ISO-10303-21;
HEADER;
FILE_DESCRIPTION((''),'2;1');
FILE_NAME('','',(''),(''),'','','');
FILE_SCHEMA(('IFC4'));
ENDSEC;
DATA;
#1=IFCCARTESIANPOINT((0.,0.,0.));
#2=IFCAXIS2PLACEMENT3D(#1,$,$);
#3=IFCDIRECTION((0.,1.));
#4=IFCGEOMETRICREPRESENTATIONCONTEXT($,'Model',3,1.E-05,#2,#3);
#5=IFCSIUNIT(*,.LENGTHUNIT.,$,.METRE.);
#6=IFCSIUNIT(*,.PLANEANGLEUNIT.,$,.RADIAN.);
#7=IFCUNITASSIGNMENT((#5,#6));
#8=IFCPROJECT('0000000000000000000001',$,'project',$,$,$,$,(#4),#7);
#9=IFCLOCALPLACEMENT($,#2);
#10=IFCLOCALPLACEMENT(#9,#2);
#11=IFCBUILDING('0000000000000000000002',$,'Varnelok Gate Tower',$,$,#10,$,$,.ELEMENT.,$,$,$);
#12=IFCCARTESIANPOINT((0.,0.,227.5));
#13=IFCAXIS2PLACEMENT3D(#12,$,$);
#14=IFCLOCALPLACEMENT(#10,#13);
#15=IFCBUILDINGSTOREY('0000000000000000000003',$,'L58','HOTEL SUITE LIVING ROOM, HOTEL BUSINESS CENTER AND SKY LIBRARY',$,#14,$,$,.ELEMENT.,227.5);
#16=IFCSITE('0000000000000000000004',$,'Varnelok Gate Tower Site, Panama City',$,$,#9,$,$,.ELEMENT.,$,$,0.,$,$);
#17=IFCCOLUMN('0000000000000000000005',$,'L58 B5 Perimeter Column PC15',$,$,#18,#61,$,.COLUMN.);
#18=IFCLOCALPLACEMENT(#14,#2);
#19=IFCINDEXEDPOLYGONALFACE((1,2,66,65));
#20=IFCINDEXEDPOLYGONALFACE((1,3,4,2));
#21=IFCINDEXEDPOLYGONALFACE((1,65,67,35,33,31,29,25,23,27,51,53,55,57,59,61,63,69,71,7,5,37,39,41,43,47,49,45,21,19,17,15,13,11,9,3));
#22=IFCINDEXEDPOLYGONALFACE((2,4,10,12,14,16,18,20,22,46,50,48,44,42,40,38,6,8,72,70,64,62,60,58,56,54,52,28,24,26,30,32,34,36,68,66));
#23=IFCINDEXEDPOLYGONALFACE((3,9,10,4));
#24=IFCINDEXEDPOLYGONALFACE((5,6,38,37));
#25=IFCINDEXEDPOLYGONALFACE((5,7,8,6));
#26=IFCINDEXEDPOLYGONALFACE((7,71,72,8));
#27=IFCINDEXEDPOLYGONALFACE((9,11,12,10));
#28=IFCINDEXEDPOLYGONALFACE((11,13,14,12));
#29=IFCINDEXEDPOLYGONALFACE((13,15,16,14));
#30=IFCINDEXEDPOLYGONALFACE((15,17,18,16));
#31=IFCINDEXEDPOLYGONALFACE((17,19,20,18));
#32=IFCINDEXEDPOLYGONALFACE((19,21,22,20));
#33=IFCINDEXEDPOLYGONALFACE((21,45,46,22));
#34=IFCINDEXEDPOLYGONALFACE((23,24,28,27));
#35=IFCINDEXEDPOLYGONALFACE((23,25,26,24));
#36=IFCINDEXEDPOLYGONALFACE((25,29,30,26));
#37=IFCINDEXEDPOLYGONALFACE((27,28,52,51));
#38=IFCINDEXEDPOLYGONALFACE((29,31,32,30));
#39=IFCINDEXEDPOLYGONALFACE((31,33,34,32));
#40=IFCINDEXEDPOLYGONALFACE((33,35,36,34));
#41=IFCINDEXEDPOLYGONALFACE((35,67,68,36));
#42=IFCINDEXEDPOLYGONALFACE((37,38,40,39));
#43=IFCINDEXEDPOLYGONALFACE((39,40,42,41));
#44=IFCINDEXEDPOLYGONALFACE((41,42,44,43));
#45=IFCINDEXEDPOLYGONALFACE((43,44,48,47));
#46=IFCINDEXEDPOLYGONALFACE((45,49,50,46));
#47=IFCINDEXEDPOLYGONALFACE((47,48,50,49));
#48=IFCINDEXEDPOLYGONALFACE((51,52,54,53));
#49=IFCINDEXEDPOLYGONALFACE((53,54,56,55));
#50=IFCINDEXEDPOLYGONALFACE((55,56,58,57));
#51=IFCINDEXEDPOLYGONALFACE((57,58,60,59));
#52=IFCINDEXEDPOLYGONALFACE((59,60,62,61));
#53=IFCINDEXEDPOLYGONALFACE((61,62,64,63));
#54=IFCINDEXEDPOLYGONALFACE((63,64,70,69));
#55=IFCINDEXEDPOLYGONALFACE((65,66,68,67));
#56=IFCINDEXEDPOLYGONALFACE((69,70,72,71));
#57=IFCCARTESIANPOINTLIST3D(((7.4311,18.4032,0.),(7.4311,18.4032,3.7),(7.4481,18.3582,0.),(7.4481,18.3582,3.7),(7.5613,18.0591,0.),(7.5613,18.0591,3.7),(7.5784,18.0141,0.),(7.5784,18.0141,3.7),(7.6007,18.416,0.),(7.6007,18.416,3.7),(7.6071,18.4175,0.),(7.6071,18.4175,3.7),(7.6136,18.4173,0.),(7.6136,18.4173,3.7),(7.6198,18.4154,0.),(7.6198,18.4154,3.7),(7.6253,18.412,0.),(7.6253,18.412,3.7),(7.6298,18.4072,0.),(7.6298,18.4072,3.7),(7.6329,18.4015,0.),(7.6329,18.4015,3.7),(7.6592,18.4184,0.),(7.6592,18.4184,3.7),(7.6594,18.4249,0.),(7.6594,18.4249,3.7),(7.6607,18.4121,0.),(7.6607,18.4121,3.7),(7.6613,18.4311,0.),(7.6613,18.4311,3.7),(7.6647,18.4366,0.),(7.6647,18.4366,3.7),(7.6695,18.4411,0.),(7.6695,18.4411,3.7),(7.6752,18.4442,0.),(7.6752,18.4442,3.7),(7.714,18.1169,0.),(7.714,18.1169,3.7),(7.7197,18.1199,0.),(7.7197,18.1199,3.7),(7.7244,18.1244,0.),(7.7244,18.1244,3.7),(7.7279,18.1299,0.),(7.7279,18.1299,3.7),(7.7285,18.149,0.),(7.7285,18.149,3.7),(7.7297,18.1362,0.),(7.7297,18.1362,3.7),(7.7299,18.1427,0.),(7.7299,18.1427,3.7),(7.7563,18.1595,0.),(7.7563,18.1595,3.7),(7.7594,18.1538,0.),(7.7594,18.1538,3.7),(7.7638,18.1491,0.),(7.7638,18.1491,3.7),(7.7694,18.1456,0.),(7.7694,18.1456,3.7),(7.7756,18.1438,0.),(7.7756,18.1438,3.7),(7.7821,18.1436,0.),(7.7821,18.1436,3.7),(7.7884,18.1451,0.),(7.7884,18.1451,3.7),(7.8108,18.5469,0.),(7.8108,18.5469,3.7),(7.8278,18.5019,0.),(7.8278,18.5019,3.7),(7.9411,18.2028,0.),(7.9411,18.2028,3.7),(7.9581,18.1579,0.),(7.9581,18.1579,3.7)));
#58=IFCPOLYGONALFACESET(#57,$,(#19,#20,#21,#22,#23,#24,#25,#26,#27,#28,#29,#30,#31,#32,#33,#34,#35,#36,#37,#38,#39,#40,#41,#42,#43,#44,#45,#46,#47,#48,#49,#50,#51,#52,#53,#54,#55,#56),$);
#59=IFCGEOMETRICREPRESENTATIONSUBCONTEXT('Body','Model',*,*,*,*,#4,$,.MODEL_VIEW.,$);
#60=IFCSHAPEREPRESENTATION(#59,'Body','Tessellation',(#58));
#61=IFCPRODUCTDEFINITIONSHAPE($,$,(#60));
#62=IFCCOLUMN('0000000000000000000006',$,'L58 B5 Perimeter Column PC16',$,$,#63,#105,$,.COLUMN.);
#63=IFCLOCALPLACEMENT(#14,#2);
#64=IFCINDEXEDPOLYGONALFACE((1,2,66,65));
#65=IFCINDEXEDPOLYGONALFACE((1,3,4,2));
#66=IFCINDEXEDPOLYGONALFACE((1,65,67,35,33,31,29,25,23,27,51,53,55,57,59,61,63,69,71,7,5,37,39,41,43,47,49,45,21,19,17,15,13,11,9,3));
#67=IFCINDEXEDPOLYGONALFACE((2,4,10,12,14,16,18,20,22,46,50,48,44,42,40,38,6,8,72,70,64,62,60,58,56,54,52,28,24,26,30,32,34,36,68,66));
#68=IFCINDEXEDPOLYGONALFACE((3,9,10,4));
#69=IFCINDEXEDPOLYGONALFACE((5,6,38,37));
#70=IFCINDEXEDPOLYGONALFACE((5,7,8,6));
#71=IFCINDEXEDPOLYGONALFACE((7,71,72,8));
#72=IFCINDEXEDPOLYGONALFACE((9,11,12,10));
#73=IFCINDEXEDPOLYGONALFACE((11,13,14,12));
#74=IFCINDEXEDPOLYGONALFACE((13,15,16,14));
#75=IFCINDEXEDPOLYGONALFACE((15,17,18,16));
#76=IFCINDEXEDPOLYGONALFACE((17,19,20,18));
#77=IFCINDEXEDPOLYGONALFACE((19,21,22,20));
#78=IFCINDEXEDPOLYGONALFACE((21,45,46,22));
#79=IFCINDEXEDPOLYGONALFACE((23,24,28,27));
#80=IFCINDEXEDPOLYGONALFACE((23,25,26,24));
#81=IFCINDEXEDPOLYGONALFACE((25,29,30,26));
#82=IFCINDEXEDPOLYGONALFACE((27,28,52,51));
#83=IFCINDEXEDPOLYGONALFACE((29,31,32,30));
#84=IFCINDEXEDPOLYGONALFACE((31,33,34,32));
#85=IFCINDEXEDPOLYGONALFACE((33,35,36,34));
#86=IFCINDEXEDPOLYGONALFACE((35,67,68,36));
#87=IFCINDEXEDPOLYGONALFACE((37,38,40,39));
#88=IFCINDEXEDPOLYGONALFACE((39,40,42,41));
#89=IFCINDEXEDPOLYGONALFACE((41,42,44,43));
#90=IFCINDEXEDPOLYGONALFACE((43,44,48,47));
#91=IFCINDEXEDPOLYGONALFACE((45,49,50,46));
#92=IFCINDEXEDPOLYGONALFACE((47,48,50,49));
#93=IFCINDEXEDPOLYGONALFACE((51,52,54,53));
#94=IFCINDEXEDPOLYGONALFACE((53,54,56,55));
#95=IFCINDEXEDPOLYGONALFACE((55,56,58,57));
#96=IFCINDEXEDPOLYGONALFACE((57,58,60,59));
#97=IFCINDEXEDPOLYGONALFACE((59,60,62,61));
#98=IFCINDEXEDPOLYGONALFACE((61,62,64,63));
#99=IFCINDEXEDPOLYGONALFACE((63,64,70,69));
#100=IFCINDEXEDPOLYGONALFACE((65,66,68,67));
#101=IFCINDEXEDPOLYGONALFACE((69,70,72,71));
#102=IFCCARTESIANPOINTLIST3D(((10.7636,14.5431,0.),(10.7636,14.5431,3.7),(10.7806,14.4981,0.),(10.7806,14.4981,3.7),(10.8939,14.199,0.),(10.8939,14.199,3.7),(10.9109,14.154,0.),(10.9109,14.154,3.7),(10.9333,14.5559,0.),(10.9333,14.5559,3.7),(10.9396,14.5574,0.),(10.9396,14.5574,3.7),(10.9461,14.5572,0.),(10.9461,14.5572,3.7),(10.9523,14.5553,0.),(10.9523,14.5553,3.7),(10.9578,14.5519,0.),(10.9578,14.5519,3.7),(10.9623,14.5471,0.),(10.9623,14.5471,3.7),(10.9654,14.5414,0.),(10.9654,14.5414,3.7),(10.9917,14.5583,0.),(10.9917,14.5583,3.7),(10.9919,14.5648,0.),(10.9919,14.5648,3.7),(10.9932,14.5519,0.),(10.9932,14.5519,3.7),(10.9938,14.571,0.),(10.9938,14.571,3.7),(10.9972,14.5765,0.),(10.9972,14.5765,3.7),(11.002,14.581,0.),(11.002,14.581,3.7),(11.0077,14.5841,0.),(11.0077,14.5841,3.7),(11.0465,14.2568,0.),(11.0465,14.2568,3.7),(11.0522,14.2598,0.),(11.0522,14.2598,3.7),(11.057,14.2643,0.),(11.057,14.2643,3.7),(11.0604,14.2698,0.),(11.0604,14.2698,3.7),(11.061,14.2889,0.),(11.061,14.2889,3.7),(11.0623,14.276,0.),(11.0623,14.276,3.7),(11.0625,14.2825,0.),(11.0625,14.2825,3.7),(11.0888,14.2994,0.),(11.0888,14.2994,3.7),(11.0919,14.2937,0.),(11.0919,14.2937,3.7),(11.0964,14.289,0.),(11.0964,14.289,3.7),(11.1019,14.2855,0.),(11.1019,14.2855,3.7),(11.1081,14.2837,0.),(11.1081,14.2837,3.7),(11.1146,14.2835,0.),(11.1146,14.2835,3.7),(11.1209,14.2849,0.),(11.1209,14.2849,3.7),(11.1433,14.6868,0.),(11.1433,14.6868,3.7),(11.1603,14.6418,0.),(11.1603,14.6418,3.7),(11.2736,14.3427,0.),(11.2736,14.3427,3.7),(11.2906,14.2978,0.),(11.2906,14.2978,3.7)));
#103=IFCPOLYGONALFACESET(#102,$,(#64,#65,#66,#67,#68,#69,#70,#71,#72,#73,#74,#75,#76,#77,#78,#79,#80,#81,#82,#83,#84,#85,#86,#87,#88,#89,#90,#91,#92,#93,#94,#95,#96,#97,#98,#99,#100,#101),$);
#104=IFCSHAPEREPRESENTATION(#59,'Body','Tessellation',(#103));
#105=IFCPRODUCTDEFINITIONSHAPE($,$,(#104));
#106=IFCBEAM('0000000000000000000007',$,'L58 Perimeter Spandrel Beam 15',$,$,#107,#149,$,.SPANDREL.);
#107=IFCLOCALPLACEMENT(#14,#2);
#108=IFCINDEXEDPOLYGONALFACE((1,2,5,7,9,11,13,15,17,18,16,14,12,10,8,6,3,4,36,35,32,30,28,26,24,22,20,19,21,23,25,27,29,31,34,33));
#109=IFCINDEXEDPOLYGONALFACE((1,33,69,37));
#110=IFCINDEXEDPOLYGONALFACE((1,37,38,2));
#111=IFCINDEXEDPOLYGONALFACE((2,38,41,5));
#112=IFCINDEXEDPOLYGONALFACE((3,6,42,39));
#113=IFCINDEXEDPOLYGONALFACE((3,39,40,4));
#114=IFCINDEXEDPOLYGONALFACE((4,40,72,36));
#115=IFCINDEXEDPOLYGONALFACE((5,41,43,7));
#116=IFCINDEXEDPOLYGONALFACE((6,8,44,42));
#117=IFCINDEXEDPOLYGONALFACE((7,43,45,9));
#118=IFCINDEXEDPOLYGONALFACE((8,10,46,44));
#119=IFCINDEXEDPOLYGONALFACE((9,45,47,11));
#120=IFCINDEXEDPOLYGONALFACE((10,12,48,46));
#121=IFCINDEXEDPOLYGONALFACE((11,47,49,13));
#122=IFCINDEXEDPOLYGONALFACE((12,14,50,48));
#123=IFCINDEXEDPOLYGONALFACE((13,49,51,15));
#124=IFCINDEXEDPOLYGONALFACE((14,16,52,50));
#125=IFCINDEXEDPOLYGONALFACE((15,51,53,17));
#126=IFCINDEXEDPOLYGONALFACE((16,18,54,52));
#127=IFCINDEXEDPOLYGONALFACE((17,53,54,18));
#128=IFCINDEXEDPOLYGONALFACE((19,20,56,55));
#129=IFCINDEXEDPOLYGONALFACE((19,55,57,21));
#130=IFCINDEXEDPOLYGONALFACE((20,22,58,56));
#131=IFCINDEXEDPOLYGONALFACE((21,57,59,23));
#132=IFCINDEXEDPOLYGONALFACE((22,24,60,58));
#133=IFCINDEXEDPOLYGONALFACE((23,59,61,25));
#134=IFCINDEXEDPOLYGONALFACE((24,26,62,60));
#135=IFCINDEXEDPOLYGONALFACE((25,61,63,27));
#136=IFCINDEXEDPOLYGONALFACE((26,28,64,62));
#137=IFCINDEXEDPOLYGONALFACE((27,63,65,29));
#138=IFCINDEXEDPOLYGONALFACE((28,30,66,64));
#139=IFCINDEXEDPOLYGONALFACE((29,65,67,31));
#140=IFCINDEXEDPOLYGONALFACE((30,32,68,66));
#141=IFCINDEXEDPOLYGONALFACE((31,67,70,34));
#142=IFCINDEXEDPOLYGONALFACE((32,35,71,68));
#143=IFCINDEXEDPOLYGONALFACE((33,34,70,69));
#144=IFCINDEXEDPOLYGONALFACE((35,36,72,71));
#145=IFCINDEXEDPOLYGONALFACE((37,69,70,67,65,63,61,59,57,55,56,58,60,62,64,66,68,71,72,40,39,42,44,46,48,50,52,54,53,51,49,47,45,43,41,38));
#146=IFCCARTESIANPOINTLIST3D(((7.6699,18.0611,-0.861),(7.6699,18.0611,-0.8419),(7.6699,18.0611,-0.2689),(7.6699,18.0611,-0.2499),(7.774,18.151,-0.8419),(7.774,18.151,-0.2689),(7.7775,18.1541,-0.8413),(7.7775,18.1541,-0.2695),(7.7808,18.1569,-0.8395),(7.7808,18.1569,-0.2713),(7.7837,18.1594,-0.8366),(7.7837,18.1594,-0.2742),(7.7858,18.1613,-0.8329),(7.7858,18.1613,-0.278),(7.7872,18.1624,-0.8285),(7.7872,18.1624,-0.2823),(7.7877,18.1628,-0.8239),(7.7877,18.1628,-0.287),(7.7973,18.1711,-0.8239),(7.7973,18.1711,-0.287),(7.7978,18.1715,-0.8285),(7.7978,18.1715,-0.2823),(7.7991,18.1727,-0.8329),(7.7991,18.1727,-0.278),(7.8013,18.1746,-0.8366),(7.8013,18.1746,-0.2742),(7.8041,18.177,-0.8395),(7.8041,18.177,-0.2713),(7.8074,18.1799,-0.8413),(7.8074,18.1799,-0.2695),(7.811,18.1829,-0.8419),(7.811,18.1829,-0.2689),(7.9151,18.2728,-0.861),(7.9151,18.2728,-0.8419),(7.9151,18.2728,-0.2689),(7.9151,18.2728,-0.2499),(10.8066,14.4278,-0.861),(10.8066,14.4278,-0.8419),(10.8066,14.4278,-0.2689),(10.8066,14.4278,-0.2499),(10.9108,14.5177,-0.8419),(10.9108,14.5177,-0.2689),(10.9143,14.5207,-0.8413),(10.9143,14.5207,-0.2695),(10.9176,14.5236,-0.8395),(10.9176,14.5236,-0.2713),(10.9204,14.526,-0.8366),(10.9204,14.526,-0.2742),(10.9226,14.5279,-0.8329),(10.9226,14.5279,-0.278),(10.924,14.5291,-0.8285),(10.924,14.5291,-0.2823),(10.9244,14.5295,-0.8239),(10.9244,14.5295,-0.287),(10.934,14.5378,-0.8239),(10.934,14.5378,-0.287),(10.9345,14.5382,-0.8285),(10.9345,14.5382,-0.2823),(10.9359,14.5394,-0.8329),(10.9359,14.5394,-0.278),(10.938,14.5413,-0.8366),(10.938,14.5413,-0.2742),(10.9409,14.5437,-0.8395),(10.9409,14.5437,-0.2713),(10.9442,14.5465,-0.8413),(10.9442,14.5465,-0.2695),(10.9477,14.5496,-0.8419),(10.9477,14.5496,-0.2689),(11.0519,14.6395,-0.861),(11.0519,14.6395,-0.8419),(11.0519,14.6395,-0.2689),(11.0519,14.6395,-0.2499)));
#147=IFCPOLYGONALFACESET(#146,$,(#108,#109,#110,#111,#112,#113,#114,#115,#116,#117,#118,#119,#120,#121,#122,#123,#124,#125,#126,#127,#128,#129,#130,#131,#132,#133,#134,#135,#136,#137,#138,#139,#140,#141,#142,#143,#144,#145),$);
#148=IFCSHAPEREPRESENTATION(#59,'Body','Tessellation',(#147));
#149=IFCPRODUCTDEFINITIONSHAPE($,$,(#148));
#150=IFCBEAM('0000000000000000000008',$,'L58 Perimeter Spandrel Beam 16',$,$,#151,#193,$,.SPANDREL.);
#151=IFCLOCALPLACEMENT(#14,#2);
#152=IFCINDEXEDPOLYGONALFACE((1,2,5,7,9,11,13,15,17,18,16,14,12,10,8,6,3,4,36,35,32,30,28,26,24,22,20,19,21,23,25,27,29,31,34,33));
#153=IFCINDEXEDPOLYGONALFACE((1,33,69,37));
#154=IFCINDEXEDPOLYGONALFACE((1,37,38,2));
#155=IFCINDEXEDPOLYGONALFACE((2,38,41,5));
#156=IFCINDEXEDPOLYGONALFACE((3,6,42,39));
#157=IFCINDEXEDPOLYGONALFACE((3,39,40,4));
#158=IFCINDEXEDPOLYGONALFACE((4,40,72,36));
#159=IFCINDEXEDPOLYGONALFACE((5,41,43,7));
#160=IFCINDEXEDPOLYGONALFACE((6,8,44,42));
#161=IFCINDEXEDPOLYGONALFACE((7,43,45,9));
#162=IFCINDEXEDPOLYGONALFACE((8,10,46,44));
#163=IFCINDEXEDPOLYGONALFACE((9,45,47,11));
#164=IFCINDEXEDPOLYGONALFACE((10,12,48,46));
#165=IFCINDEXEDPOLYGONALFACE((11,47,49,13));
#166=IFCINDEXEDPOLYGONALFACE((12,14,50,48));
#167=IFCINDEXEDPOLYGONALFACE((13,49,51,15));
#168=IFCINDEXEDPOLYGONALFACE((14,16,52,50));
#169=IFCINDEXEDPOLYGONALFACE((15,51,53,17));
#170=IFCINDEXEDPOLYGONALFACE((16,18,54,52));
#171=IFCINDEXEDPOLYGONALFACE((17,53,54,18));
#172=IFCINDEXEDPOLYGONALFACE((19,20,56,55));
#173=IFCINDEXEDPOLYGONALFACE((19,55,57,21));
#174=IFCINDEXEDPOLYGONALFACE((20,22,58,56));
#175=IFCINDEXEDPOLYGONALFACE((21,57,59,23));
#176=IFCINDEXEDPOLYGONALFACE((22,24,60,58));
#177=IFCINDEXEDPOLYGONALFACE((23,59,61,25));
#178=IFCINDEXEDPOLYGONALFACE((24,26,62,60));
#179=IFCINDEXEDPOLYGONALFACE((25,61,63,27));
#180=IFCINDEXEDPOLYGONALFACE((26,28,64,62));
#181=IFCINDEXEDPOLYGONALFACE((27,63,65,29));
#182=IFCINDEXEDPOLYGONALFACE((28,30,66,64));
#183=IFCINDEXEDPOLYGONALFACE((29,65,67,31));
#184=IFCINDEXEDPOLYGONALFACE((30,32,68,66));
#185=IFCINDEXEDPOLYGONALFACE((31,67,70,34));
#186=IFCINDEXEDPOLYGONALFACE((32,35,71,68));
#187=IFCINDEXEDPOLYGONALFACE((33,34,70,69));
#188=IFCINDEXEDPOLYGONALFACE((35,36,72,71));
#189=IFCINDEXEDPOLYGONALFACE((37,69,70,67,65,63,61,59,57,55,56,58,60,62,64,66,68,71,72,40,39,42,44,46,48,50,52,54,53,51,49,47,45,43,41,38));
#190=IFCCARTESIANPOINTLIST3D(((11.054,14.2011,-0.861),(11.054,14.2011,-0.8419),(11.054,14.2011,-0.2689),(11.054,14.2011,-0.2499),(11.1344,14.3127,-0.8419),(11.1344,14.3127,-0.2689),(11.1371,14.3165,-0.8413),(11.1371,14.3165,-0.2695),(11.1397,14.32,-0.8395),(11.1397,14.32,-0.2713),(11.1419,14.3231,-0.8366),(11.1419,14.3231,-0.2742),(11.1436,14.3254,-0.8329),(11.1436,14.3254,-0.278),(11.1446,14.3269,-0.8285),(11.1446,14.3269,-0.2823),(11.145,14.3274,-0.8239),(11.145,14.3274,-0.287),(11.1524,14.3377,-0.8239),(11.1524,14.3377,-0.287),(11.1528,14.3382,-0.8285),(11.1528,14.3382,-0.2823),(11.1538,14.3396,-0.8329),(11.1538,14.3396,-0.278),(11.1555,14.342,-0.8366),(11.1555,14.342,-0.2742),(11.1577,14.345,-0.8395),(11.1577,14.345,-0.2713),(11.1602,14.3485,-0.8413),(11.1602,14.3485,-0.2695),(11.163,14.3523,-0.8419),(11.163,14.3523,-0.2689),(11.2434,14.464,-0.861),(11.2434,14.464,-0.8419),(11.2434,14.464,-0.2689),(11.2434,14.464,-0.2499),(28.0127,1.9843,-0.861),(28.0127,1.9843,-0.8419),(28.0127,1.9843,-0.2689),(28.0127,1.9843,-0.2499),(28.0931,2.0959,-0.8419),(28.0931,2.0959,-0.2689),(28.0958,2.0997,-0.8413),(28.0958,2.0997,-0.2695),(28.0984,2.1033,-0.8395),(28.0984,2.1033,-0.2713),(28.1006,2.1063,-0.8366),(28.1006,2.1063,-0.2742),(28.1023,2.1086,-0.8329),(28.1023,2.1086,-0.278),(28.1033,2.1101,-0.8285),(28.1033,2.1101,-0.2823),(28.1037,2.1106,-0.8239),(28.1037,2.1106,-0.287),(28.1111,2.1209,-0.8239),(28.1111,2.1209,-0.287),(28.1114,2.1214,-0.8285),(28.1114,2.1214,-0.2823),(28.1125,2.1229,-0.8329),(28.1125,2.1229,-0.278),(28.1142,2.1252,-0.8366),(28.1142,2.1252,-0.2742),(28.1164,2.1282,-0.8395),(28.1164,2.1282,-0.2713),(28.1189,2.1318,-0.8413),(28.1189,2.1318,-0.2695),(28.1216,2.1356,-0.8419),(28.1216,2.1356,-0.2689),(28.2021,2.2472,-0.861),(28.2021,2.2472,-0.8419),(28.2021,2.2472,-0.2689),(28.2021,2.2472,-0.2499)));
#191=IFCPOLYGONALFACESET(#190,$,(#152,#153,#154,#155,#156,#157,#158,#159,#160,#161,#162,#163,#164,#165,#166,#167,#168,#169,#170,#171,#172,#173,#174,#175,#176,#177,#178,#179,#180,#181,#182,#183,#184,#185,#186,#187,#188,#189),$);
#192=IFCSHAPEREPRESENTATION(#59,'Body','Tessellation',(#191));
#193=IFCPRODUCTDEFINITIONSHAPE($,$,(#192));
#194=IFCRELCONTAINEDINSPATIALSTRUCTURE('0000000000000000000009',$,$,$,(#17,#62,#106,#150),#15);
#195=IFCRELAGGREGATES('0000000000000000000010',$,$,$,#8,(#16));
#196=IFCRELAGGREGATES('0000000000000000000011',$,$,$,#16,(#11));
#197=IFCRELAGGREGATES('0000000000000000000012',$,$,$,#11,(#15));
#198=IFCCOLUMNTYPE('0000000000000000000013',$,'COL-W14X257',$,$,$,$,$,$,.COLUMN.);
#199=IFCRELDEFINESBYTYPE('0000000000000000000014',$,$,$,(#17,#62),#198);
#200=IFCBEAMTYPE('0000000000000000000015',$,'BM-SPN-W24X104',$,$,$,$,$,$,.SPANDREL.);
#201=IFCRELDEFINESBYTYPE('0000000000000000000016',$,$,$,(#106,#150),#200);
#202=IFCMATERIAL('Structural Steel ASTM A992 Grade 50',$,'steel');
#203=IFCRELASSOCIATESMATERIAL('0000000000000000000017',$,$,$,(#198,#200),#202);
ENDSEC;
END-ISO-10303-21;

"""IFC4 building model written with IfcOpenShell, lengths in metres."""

from ifc_helpers import new_model, si_unit, direction, frame, origin, origin_2d, place, context, subcontext, project, spatial, i_section, extrude, material, material_profile, profile_set, type_object, element, save


model = new_model("IFC4")

# Units and contexts
model_context = context("Model", 3, precision=1e-05, world=origin(), true_north=direction((0.0, 1.0)))
body_context = subcontext(model_context, "Body", "Model", "MODEL_VIEW")
ifc_project = project(units=[si_unit("LENGTHUNIT", "METRE"), si_unit("PLANEANGLEUNIT", "RADIAN")], contexts=[model_context])

# Site, building, storey
site_placement = place(None, origin())
site = spatial("IfcSite", under=ifc_project, at=site_placement, Name="Varnelok Gate Tower Site, Panama City", CompositionType="ELEMENT", RefElevation=0.0)
building_placement = place(site_placement, origin())
building = spatial("IfcBuilding", under=site, at=building_placement, Name="Varnelok Gate Tower", CompositionType="ELEMENT")
storey_placement = place(building_placement, frame((0.0, 0.0, 227.5)))
storey = spatial("IfcBuildingStorey", under=building, at=storey_placement, Name="L58", Description="HOTEL SUITE LIVING ROOM, HOTEL BUSINESS CENTER AND SKY LIBRARY", CompositionType="ELEMENT", Elevation=227.5)

# Columns
ifc_material_1 = material(Name="Structural Steel ASTM A992 Grade 50", Category="steel")
ifc_material_profile_1 = material_profile(ifc_material_1, i_section(OverallWidth=0.406, OverallDepth=0.416, WebThickness=0.0298, FlangeThickness=0.0481, FilletRadius=0.0249, at=origin_2d()), Name="W14X257")
ifc_profile_set_1 = profile_set([ifc_material_profile_1], Name="Structural Steel ASTM A992 Grade 50")
column_type = type_object("IfcColumnType", Name="COL-W14X257", PredefinedType="COLUMN", material=ifc_profile_set_1)
for number, where, z_axis, x_axis, name in (
    (1, (7.6946, 18.2805, 0.0), (0.0, 0.0, 1.0), (0.935222, 0.354063, 0.0), "L58 B5 Perimeter Column PC15"),
    (2, (11.0271, 14.4204, 0.0), (0.0, 0.0, 1.0), (0.935222, 0.354063, 0.0), "L58 B5 Perimeter Column PC16"),
):
    element("IfcColumn", number, at=place(storey_placement, frame(where, z_axis=z_axis, x_axis=x_axis)), inside=storey, type_object=column_type, Name=name, PredefinedType="COLUMN", context=body_context, shape_type="SweptSolid", body=[
        extrude(i_section(OverallWidth=0.406, OverallDepth=0.416, WebThickness=0.0298, FlangeThickness=0.0481, FilletRadius=0.0249, at=origin_2d()), origin(), (0.0, 0.0, 1.0), 3.7),
    ])

# Beams
ifc_material_profile_2 = material_profile(ifc_material_1, i_section(OverallWidth=0.324, OverallDepth=0.6111, WebThickness=0.0127, FlangeThickness=0.019, FilletRadius=0.0181, at=origin_2d()), Name="W24X104")
ifc_profile_set_2 = profile_set([ifc_material_profile_2], Name="Structural Steel ASTM A992 Grade 50")
beam_type = type_object("IfcBeamType", Name="BM-SPN-W24X104", PredefinedType="SPANDREL", material=ifc_profile_set_2)
beam_1_placement = place(storey_placement, frame((7.7925, 18.167, -0.5554), z_axis=(0.653485, -0.75694, 0.0), x_axis=(0.75694, 0.653485, 0.0)))
element("IfcBeam", 3, at=beam_1_placement, inside=storey, type_object=beam_type, Name="L58 Perimeter Spandrel Beam 15", PredefinedType="SPANDREL", context=body_context, shape_type="SweptSolid", body=[
    extrude(i_section(OverallWidth=0.324, OverallDepth=0.6111, WebThickness=0.0127, FlangeThickness=0.019, FilletRadius=0.0181, at=origin_2d()), origin(), (0.0, 0.0, 1.0), 4.8),
])
beam_2_placement = place(storey_placement, frame((11.1487, 14.3325, -0.5554), z_axis=(0.811387, -0.58451, 0.0), x_axis=(0.58451, 0.811387, 0.0)))
element("IfcBeam", 4, at=beam_2_placement, inside=storey, type_object=beam_type, Name="L58 Perimeter Spandrel Beam 16", PredefinedType="SPANDREL", context=body_context, shape_type="SweptSolid", body=[
    extrude(i_section(OverallWidth=0.324, OverallDepth=0.6111, WebThickness=0.0127, FlangeThickness=0.019, FilletRadius=0.0181, at=origin_2d()), origin(), (0.0, 0.0, 1.0), 20.9009),
])

save(model, "model.ifc")
